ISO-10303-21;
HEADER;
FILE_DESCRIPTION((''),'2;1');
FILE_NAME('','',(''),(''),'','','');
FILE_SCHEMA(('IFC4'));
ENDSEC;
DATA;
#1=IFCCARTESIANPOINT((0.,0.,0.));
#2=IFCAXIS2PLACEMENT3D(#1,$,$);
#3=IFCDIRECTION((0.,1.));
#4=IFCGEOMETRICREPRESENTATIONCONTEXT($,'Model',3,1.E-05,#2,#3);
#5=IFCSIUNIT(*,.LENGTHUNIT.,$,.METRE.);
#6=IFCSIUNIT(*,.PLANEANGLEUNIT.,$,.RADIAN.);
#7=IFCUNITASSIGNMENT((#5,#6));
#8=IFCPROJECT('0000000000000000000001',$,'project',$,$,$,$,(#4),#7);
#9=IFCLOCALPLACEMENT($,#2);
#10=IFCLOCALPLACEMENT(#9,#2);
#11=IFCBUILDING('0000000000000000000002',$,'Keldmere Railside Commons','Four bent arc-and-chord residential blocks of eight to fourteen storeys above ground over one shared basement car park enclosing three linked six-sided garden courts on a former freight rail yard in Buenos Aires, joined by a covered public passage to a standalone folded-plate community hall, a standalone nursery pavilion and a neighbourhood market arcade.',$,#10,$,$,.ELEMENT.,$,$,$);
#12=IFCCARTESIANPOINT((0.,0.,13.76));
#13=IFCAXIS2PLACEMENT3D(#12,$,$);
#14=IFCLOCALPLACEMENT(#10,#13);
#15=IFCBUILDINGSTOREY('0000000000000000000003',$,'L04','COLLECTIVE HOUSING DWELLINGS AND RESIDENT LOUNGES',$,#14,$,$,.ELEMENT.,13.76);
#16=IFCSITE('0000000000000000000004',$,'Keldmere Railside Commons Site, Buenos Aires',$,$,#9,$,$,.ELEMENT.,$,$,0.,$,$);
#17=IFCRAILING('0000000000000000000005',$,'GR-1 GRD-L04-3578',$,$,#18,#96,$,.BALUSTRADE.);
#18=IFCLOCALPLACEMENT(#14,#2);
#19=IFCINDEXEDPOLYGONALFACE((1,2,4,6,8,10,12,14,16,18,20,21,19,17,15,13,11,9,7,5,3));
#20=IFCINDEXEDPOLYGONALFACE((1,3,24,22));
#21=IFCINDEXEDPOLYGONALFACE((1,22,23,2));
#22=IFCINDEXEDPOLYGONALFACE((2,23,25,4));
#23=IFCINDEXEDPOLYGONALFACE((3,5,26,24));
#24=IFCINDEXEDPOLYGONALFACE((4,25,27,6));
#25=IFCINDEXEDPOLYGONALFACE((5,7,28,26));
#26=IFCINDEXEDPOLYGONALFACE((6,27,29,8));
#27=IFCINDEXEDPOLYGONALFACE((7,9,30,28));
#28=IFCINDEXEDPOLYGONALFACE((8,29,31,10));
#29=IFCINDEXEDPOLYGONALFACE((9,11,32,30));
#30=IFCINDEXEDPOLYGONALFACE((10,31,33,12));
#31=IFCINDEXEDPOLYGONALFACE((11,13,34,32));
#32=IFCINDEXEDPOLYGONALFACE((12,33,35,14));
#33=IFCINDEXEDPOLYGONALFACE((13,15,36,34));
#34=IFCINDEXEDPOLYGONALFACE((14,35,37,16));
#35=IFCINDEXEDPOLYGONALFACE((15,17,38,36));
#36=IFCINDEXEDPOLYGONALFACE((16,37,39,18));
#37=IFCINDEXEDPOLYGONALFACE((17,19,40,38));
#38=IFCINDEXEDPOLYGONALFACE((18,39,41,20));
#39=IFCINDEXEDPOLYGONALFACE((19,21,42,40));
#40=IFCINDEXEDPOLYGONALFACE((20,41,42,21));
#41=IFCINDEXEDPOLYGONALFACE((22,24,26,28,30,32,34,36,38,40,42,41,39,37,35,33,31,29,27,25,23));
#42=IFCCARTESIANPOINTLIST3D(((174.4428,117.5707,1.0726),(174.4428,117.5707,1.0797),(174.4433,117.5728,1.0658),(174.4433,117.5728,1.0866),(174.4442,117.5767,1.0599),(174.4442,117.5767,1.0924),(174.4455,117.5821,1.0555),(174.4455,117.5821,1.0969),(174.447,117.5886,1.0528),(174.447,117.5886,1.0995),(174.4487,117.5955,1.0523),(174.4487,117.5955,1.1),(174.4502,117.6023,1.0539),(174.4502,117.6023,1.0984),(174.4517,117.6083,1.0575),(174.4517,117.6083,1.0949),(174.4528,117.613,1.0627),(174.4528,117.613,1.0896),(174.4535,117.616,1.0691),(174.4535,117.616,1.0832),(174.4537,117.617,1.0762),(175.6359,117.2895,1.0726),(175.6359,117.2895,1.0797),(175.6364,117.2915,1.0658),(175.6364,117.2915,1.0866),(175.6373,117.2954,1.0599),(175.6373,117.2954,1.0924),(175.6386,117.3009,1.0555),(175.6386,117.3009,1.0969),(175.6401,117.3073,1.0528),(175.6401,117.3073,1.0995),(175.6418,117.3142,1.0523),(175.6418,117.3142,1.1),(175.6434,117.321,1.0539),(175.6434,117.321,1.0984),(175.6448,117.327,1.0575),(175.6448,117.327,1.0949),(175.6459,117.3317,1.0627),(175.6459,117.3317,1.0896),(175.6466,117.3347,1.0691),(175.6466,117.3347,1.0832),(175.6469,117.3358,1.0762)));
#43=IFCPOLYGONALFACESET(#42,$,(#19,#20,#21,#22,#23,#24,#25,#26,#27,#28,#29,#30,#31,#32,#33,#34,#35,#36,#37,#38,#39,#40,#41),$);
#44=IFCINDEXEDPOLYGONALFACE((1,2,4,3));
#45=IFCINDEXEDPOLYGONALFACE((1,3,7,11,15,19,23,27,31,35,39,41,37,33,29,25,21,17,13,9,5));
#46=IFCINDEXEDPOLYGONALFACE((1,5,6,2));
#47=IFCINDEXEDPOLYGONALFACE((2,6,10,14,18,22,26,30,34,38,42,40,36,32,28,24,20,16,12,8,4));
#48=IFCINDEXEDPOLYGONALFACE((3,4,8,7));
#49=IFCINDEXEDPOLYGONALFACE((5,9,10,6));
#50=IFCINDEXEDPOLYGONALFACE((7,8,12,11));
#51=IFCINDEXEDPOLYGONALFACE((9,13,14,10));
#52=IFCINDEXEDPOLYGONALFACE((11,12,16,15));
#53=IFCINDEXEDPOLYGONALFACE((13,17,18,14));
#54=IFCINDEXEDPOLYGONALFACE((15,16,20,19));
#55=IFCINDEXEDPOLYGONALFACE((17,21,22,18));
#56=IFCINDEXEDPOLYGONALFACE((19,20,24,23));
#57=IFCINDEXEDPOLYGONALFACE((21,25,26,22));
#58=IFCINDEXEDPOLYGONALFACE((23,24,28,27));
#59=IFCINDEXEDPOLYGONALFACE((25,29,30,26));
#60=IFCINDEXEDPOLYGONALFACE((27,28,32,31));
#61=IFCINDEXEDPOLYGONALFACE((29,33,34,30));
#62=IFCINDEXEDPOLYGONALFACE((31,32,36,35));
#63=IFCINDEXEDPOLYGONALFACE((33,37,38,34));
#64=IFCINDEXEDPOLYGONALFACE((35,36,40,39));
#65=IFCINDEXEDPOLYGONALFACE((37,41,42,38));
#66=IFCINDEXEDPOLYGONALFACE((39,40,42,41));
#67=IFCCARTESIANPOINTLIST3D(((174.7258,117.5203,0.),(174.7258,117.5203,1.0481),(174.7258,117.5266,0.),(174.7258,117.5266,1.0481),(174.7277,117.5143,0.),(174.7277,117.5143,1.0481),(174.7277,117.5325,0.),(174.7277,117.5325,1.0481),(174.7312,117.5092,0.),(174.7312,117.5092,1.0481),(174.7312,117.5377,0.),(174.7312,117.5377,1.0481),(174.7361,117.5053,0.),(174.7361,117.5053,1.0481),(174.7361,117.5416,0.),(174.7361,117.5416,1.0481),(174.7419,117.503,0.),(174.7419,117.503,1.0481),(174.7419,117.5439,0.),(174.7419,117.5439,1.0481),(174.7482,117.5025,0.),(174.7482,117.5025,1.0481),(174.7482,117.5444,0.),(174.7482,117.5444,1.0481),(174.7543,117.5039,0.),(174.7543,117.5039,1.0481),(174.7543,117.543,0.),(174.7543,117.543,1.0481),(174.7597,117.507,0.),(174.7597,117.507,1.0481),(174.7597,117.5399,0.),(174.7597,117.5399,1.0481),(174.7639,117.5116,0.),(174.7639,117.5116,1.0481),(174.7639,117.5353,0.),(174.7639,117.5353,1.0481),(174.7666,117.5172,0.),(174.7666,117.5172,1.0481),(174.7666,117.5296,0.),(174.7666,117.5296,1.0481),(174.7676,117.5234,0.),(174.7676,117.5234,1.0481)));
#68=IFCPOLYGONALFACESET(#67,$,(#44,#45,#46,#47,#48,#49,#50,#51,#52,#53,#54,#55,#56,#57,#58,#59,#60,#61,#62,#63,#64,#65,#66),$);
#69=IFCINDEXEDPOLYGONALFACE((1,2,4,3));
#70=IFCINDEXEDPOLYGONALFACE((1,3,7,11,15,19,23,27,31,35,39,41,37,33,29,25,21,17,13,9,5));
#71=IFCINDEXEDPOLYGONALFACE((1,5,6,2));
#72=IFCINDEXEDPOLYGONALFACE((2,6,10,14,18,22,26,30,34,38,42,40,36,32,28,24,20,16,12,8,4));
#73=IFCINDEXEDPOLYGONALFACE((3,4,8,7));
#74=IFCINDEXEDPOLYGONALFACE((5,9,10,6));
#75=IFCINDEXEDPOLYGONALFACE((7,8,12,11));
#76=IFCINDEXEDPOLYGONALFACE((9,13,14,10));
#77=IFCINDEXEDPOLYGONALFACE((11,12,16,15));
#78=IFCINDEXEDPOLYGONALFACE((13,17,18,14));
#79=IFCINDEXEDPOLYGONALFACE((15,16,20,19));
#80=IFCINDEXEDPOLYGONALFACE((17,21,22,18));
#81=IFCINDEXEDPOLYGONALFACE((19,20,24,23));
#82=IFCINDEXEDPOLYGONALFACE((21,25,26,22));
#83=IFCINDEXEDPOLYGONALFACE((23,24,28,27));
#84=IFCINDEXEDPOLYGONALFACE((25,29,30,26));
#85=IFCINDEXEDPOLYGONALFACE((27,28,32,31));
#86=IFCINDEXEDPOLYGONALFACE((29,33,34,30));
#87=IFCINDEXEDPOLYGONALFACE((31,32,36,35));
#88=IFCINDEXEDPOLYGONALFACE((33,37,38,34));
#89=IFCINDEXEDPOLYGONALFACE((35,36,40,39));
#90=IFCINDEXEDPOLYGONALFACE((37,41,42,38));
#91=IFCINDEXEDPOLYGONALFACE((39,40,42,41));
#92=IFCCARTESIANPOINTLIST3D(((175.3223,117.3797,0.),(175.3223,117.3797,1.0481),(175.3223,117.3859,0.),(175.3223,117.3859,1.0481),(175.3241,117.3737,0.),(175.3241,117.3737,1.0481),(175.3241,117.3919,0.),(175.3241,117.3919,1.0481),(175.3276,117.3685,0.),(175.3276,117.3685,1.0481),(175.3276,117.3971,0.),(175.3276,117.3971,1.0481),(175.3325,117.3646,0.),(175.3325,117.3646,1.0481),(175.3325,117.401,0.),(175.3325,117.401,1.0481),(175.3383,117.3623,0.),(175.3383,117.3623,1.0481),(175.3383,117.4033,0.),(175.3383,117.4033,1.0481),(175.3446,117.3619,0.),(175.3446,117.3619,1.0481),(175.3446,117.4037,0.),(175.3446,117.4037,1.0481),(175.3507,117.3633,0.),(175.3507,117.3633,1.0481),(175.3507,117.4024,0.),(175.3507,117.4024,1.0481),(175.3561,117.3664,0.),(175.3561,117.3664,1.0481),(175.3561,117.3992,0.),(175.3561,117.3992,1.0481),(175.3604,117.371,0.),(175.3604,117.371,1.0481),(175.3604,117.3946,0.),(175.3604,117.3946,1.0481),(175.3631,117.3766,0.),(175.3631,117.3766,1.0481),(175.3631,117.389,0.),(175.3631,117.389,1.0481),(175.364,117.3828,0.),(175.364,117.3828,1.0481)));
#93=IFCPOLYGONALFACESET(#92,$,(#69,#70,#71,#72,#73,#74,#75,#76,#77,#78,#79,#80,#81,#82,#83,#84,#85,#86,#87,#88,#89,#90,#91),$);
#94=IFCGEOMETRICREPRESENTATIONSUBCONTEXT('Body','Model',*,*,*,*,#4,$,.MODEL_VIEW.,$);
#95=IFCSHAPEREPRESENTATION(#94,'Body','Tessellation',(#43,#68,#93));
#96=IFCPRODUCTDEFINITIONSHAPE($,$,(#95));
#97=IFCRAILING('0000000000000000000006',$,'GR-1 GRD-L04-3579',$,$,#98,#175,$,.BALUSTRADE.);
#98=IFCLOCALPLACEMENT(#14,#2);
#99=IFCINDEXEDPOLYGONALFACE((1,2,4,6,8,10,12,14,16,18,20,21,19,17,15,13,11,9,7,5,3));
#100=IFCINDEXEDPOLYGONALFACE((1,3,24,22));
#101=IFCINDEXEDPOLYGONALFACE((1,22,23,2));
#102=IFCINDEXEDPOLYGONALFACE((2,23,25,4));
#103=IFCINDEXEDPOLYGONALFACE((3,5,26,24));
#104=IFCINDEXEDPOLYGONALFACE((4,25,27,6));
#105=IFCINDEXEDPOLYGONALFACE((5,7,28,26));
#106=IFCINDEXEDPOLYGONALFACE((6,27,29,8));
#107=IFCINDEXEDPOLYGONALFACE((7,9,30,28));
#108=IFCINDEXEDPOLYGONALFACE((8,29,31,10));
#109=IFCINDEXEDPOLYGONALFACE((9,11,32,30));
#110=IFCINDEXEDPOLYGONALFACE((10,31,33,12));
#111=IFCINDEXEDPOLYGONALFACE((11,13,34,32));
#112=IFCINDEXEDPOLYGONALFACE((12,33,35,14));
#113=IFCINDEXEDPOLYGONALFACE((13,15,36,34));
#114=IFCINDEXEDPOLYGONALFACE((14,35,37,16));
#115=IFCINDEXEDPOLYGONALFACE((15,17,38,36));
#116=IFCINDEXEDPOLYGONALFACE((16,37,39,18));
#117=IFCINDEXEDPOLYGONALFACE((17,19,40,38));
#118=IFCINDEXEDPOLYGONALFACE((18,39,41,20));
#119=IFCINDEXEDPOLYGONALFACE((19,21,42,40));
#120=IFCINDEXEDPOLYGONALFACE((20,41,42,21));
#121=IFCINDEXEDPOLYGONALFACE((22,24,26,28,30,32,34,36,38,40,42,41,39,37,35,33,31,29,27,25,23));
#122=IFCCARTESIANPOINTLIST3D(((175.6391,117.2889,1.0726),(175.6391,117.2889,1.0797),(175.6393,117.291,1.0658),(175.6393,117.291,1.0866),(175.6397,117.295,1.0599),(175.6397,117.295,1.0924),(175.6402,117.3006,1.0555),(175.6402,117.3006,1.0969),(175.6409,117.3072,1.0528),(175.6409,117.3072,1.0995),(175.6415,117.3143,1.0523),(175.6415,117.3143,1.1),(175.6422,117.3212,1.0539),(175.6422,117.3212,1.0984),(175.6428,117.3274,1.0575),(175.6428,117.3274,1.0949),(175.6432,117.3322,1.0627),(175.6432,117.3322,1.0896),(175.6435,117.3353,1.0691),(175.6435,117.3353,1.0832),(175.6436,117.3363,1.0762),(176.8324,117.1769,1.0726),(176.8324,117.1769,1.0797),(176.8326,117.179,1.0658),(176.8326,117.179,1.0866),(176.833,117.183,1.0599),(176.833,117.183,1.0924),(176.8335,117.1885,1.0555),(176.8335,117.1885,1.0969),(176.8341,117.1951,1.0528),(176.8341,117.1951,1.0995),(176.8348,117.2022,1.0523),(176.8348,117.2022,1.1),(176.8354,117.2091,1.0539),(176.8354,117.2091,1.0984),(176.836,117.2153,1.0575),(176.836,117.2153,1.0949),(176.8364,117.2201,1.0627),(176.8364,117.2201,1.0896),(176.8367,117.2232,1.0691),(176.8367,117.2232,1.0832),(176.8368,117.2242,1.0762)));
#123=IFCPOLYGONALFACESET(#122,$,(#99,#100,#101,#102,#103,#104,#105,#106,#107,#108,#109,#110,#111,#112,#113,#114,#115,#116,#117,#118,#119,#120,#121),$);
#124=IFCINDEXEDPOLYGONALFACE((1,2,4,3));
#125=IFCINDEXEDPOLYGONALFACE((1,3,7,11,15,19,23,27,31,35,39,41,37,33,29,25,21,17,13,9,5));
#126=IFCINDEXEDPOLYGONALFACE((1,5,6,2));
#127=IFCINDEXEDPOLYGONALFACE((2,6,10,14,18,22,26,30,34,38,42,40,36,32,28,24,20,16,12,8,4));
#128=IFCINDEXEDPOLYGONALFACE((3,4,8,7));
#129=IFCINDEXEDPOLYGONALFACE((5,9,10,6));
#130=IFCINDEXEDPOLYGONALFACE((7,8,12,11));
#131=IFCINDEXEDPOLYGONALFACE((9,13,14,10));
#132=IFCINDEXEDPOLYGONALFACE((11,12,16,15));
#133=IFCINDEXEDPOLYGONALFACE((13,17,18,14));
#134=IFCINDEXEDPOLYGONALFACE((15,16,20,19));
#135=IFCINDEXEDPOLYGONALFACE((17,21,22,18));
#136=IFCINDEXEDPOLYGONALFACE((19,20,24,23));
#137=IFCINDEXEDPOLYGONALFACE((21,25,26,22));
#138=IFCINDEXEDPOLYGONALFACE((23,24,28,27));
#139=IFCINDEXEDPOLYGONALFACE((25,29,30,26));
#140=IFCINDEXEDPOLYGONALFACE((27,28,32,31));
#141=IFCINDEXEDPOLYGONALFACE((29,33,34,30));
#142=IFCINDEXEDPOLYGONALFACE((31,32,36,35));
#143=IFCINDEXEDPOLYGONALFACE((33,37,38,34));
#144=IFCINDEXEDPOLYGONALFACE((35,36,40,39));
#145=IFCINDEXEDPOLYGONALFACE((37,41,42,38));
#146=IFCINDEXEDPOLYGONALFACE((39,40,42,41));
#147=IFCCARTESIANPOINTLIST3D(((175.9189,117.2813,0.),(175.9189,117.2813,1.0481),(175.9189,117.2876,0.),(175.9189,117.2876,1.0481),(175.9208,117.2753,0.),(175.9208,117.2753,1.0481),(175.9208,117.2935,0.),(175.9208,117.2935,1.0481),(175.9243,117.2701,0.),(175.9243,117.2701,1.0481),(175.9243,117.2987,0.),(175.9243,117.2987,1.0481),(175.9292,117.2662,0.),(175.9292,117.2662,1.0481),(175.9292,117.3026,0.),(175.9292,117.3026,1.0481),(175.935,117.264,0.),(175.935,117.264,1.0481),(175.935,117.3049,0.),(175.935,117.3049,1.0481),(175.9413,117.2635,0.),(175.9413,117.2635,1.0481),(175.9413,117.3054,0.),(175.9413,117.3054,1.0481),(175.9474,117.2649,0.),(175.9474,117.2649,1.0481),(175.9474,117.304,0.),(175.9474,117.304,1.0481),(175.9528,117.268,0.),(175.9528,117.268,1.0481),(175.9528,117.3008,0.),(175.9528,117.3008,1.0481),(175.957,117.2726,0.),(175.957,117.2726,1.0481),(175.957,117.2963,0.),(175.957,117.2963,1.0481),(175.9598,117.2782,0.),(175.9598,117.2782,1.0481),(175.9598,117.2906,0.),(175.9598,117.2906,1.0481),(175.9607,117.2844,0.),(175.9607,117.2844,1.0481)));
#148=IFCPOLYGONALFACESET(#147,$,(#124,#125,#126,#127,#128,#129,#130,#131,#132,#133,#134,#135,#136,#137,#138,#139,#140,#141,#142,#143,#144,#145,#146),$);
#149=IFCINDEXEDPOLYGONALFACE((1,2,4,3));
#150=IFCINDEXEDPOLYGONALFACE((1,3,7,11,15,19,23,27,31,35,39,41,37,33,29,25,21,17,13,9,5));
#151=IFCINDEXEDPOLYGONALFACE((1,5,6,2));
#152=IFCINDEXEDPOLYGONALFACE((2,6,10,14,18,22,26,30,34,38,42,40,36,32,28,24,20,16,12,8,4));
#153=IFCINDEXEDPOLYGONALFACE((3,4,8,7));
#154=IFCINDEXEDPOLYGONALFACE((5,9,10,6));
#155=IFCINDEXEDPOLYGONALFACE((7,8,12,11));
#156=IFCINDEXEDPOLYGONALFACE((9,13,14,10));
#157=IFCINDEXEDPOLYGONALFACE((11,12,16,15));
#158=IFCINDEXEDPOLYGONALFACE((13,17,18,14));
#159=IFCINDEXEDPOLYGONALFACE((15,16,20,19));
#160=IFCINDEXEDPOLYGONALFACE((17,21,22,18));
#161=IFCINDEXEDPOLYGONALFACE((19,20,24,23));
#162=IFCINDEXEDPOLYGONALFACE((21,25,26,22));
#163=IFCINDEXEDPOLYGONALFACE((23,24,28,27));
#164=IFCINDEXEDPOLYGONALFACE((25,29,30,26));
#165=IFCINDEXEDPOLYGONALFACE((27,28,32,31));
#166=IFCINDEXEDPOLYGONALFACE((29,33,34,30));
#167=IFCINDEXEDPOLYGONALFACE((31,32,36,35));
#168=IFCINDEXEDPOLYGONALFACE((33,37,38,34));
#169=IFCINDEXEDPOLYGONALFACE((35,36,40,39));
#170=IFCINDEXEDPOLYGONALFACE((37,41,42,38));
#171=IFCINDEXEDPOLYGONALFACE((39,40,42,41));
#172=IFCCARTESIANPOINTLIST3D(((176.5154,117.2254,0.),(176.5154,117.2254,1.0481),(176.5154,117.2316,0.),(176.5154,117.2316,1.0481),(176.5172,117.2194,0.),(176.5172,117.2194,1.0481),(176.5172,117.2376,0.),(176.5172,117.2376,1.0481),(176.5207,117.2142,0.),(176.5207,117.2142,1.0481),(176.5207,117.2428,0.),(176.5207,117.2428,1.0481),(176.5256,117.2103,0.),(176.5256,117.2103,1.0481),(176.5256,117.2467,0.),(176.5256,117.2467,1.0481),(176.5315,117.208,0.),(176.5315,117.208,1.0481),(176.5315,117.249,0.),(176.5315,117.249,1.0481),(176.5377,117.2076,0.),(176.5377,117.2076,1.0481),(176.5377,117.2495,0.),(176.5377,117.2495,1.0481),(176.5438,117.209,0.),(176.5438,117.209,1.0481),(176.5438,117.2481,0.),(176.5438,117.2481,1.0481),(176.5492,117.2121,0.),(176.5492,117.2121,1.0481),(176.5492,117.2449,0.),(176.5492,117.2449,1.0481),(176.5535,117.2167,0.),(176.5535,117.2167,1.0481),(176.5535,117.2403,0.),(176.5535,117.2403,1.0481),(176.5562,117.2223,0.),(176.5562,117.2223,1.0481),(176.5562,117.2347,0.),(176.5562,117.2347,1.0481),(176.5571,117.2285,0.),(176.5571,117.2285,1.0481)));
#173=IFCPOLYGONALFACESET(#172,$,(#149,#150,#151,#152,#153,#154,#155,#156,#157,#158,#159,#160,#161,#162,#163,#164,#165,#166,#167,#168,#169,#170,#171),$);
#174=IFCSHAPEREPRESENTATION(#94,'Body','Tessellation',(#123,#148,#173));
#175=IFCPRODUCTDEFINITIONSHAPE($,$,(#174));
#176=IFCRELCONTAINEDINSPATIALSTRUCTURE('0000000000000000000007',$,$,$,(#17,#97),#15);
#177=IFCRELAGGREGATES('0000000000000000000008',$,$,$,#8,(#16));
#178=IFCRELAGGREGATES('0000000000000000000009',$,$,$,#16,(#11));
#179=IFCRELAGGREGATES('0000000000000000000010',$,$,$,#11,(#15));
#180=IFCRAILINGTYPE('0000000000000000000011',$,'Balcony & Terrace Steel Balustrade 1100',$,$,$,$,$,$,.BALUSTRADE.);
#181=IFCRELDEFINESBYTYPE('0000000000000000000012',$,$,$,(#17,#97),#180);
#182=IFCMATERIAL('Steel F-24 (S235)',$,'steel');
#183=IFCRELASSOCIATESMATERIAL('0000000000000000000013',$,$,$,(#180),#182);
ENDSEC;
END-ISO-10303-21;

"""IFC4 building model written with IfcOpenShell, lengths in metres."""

from ifc_helpers import new_model, si_unit, direction, frame, origin, origin_2d, place, context, subcontext, project, spatial, circle, extrude, material, type_object, element, save


model = new_model("IFC4")

# Units and contexts
model_context = context("Model", 3, precision=1e-05, world=origin(), true_north=direction((0.0, 1.0)))
body_context = subcontext(model_context, "Body", "Model", "MODEL_VIEW")
ifc_project = project(units=[si_unit("LENGTHUNIT", "METRE"), si_unit("PLANEANGLEUNIT", "RADIAN")], contexts=[model_context])

# Site, building, storey
site_placement = place(None, origin())
site = spatial("IfcSite", under=ifc_project, at=site_placement, Name="Keldmere Railside Commons Site, Buenos Aires", CompositionType="ELEMENT", RefElevation=0.0)
building_placement = place(site_placement, origin())
building = spatial("IfcBuilding", under=site, at=building_placement, Name="Keldmere Railside Commons", Description="Four bent arc-and-chord residential blocks of eight to fourteen storeys above ground over one shared basement car park enclosing three linked six-sided garden courts on a former freight rail yard in Buenos Aires, joined by a covered public passage to a standalone folded-plate community hall, a standalone nursery pavilion and a neighbourhood market arcade.", CompositionType="ELEMENT")
storey_placement = place(building_placement, frame((0.0, 0.0, 13.76)))
storey = spatial("IfcBuildingStorey", under=building, at=storey_placement, Name="L04", Description="COLLECTIVE HOUSING DWELLINGS AND RESIDENT LOUNGES", CompositionType="ELEMENT", Elevation=13.76)

# Railings
ifc_material_1 = material(Name="Steel F-24 (S235)", Category="steel")
railing_type = type_object("IfcRailingType", Name="Balcony & Terrace Steel Balustrade 1100", PredefinedType="BALUSTRADE", material=ifc_material_1)
railing_1_placement = place(storey_placement, frame((174.4482, 117.5938, 0.0)))
element("IfcRailing", 1, at=railing_1_placement, inside=storey, type_object=railing_type, Name="GR-1 GRD-L04-3578", PredefinedType="BALUSTRADE", context=body_context, shape_type="SweptSolid", body=[
    extrude(circle(Radius=0.0239, at=origin_2d()), frame((0.0, 0.0, 1.0762), z_axis=(0.973323, -0.229439, 0.0), x_axis=(0.229439, 0.973323, 0.0)), (0.0, 0.0, 1.0), 1.2258),
    extrude(circle(Radius=0.021, at=origin_2d()), frame((0.2983, -0.0703, 0.0)), (0.0, 0.0, 1.0), 1.0481),
    extrude(circle(Radius=0.021, at=origin_2d()), frame((0.8948, -0.2109, 0.0)), (0.0, 0.0, 1.0), 1.0481),
])
railing_2_placement = place(storey_placement, frame((175.6414, 117.3125, 0.0)))
element("IfcRailing", 2, at=railing_2_placement, inside=storey, type_object=railing_type, Name="GR-1 GRD-L04-3579", PredefinedType="BALUSTRADE", context=body_context, shape_type="SweptSolid", body=[
    extrude(circle(Radius=0.0239, at=origin_2d()), frame((0.0, 0.0, 1.0762), z_axis=(0.995618, -0.093511, 0.0), x_axis=(0.093511, 0.995618, 0.0)), (0.0, 0.0, 1.0), 1.1985),
    extrude(circle(Radius=0.021, at=origin_2d()), frame((0.2983, -0.0281, 0.0)), (0.0, 0.0, 1.0), 1.0481),
    extrude(circle(Radius=0.021, at=origin_2d()), frame((0.8948, -0.084, 0.0)), (0.0, 0.0, 1.0), 1.0481),
])

save(model, "model.ifc")
